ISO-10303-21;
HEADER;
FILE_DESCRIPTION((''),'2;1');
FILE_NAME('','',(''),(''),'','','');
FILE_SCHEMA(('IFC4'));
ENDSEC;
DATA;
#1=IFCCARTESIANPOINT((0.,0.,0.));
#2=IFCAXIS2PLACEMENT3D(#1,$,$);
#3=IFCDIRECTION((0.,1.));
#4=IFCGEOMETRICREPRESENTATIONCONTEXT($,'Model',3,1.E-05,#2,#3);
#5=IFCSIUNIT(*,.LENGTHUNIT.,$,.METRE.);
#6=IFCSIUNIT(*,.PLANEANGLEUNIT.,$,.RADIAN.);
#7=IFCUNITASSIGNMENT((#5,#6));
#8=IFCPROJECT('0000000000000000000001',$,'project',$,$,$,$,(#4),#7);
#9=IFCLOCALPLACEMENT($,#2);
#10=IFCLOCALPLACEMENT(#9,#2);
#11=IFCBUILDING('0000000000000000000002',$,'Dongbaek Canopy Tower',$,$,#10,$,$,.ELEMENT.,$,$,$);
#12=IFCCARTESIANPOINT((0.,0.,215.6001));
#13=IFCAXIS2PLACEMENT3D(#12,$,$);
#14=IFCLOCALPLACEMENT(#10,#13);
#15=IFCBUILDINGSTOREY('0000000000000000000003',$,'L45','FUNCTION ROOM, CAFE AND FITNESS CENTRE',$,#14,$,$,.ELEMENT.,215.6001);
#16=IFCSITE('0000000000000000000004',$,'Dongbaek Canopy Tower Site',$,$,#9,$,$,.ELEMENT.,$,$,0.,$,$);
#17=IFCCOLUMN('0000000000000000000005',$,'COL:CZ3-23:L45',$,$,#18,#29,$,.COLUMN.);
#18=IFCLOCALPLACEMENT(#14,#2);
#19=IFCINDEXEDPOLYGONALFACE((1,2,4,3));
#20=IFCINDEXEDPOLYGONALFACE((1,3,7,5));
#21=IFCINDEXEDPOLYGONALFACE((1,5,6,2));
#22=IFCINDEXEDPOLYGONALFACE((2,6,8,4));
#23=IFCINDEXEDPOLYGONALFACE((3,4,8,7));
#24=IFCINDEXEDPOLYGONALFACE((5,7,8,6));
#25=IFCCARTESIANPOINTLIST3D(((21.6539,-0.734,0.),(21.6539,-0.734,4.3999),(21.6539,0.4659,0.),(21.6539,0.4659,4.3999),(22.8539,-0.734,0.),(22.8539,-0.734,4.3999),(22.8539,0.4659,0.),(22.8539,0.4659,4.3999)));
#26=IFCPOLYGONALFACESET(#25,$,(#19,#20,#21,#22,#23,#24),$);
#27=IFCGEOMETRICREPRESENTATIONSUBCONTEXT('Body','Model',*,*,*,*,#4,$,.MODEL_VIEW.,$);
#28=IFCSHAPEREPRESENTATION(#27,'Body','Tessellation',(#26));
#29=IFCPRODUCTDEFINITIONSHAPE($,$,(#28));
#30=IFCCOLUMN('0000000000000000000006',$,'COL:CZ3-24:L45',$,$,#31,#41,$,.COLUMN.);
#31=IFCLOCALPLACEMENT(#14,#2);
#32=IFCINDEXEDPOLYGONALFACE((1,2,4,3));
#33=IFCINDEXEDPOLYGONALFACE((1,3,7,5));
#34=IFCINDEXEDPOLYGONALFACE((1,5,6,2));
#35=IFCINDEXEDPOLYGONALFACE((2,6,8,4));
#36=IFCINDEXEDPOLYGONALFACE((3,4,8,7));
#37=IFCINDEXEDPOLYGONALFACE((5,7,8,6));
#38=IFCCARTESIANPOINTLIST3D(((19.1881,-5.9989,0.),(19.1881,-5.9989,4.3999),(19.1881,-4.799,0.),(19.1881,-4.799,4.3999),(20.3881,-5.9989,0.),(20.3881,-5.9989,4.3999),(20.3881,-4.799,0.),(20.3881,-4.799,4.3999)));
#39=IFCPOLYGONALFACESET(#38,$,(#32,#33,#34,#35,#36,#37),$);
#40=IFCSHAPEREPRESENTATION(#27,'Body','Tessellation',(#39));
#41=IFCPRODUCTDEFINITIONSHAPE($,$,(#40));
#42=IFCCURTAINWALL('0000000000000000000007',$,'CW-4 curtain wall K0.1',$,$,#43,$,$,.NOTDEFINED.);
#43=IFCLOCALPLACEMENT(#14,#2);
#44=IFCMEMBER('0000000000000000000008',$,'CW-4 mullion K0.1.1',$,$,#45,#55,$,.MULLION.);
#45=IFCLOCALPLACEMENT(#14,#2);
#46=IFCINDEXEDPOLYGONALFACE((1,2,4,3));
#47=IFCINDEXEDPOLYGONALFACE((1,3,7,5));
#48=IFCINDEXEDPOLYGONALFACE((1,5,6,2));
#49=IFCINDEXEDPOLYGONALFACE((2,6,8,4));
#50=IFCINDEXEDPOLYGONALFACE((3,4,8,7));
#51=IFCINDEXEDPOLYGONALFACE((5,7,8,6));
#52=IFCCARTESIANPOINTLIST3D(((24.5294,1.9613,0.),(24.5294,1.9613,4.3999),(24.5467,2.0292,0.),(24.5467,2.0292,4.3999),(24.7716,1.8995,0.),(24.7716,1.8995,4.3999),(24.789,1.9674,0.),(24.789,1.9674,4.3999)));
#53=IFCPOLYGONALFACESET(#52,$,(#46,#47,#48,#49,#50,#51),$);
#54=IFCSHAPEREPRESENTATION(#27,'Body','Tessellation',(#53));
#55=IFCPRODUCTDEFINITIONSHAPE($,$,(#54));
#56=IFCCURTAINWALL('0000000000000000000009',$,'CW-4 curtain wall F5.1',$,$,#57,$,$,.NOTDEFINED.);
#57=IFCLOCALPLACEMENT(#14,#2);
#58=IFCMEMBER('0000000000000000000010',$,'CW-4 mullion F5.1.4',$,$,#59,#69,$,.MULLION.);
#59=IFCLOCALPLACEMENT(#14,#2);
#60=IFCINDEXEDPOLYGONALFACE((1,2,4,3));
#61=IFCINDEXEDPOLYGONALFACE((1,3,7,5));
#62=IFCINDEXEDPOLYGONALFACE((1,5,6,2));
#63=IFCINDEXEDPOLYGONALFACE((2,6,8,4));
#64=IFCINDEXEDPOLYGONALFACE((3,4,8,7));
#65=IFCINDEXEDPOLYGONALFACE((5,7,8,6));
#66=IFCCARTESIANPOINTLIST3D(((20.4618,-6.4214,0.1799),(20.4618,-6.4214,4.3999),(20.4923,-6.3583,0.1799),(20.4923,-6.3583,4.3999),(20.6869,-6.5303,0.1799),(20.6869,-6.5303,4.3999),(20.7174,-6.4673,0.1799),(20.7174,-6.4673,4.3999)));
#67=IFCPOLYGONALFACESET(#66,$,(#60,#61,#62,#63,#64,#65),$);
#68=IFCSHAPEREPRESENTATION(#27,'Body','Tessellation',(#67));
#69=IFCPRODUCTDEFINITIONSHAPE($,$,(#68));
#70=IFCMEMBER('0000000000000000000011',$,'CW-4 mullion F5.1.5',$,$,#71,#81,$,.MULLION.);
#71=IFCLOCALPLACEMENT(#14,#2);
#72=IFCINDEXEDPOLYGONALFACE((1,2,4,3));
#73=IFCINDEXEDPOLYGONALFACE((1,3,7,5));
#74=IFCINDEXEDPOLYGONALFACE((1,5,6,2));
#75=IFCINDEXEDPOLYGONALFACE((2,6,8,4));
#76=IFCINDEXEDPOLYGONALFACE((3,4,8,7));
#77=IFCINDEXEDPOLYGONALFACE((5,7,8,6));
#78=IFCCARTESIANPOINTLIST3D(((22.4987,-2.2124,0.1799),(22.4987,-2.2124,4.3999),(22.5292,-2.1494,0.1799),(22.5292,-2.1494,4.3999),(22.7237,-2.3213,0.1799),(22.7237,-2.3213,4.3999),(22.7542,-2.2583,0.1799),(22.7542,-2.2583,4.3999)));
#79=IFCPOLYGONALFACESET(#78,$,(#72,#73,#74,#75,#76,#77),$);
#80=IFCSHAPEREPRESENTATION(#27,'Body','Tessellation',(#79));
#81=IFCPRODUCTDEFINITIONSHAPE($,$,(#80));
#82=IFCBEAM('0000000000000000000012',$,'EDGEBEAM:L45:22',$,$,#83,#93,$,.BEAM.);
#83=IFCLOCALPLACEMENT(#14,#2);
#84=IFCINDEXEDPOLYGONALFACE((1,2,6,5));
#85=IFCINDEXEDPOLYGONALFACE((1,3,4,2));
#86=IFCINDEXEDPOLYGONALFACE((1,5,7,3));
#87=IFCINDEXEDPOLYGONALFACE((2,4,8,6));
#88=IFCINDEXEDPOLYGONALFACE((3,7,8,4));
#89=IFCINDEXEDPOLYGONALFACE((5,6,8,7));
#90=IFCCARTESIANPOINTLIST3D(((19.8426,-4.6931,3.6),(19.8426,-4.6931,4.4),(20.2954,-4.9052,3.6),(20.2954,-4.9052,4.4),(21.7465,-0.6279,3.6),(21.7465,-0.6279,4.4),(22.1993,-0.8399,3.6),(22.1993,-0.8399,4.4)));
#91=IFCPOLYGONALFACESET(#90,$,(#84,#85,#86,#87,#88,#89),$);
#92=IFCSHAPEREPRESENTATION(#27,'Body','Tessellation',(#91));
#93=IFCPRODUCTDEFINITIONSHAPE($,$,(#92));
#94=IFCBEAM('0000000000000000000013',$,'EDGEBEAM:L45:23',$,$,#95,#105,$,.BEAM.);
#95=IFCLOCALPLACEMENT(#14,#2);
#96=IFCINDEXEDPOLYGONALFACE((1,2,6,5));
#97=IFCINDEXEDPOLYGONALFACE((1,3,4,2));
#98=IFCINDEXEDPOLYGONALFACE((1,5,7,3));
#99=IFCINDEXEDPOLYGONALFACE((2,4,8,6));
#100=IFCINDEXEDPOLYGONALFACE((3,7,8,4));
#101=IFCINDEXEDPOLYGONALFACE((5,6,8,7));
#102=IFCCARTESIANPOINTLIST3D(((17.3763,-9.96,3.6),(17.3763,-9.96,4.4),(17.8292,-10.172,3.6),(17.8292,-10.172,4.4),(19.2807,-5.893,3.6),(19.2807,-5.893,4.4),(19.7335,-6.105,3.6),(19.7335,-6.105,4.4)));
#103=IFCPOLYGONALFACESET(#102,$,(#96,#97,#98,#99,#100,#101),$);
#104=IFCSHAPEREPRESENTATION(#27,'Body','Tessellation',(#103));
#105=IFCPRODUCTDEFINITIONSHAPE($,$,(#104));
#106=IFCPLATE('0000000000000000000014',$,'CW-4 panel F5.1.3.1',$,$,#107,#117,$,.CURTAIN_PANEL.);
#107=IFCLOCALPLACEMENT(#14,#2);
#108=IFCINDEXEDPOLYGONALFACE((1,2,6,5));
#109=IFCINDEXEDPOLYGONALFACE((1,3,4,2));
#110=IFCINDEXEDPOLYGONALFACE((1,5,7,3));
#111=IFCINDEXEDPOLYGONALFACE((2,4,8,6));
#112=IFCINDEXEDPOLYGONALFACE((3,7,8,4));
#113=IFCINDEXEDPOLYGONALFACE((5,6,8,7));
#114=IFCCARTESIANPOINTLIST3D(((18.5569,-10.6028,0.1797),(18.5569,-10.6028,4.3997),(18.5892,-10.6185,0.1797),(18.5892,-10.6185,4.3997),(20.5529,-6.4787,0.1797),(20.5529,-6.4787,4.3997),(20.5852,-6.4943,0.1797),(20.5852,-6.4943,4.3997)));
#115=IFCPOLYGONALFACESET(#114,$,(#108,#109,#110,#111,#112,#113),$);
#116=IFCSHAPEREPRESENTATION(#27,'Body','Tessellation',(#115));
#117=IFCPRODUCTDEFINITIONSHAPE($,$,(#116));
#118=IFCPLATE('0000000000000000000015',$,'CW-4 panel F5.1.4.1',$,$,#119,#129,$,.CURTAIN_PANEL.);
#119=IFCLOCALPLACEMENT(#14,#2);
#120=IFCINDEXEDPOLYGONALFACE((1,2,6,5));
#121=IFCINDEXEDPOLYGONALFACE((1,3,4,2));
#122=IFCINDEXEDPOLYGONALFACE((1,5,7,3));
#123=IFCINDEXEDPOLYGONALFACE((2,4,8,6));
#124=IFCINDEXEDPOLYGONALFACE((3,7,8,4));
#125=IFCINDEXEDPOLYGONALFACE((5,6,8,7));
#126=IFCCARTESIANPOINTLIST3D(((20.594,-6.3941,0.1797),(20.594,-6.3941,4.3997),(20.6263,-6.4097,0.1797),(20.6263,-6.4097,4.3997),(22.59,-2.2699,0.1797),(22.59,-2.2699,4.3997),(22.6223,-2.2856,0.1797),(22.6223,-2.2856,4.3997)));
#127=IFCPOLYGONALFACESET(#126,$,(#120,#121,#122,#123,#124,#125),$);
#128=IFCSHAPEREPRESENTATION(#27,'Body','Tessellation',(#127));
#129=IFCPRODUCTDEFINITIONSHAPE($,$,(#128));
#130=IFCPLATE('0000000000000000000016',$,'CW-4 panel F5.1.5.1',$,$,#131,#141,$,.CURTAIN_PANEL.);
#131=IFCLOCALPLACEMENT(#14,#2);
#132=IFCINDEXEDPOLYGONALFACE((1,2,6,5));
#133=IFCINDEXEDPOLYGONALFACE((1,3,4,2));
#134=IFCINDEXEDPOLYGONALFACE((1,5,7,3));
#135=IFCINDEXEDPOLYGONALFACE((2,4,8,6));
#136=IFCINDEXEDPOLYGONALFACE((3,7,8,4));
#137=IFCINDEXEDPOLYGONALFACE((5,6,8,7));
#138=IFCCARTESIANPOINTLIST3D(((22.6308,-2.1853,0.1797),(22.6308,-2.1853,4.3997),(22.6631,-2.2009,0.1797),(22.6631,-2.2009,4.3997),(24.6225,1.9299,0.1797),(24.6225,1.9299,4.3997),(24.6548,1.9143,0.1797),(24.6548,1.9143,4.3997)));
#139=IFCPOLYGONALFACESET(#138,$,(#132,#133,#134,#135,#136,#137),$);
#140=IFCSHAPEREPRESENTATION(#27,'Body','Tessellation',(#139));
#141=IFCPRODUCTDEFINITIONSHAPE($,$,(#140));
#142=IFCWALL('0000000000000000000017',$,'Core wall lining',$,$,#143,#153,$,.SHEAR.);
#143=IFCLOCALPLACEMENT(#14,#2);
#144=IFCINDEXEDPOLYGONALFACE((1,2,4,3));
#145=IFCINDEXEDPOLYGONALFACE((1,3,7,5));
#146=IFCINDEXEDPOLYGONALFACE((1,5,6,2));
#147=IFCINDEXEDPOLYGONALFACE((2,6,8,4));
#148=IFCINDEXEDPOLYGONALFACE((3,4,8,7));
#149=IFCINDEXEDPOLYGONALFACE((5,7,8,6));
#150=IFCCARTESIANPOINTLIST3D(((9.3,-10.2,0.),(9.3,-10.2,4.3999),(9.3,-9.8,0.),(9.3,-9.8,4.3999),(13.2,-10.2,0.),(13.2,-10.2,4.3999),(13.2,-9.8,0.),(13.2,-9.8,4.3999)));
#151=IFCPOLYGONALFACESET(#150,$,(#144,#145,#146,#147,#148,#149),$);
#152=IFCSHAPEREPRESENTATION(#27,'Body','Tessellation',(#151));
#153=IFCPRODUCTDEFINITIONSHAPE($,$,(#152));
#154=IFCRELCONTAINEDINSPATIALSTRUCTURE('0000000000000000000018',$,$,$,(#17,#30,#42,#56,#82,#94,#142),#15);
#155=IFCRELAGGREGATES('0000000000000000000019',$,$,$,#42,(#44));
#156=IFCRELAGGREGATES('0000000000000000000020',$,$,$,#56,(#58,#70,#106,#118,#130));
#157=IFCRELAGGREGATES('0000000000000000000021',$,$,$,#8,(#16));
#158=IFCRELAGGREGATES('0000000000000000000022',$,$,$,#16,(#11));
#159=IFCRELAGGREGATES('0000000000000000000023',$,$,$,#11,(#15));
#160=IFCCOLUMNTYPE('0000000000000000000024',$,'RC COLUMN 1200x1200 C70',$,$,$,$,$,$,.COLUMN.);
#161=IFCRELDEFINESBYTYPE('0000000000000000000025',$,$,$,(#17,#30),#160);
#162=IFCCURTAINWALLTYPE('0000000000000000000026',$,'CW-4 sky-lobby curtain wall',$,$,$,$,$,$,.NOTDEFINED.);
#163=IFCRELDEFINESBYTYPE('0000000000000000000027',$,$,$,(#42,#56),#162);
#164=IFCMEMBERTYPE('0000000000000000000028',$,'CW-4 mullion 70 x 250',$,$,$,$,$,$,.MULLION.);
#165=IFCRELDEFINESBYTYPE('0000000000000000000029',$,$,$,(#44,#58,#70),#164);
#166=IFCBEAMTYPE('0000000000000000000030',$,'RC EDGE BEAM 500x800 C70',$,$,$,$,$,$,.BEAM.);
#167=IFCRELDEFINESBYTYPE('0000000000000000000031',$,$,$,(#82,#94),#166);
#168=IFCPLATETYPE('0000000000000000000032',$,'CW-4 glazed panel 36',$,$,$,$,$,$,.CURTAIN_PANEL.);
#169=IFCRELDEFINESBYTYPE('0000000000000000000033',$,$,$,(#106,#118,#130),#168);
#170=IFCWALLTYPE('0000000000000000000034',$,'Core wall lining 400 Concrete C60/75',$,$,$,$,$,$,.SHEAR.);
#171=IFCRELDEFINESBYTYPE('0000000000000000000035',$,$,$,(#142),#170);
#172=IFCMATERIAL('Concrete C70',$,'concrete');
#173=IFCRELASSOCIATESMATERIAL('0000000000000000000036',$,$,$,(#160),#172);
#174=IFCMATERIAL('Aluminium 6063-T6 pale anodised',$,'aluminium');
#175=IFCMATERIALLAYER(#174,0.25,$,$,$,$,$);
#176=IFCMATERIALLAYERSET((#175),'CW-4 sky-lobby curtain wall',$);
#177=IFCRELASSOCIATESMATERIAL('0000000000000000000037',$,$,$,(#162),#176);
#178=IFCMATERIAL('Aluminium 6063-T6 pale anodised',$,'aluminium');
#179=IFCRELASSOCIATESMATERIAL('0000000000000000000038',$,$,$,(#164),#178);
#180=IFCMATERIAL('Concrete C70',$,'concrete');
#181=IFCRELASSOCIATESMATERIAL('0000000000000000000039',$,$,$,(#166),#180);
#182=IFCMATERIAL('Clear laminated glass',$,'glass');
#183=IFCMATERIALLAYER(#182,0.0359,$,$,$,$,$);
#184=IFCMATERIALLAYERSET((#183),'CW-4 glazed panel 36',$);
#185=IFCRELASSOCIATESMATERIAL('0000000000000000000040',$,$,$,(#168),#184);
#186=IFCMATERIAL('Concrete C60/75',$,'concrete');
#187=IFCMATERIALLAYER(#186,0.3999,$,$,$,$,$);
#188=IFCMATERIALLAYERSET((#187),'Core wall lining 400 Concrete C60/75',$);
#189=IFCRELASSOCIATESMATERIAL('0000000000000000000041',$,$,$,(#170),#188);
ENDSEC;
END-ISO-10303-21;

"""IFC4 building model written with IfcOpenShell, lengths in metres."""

from ifc_helpers import new_model, si_unit, direction, frame, frame_2d, origin, origin_2d, place, context, subcontext, project, spatial, rectangle, extrude, material, layer, layer_set, material_profile, profile_set, type_object, element, aggregate, save


model = new_model("IFC4")

# Units and contexts
model_context = context("Model", 3, precision=1e-05, world=origin(), true_north=direction((0.0, 1.0)))
body_context = subcontext(model_context, "Body", "Model", "MODEL_VIEW")
ifc_project = project(units=[si_unit("LENGTHUNIT", "METRE"), si_unit("PLANEANGLEUNIT", "RADIAN")], contexts=[model_context])

# Site, building, storey
site_placement = place(None, origin())
site = spatial("IfcSite", under=ifc_project, at=site_placement, Name="Dongbaek Canopy Tower Site", CompositionType="ELEMENT", RefElevation=0.0)
building_placement = place(site_placement, origin())
building = spatial("IfcBuilding", under=site, at=building_placement, Name="Dongbaek Canopy Tower", CompositionType="ELEMENT")
storey_placement = place(building_placement, frame((0.0, 0.0, 215.6001)))
storey = spatial("IfcBuildingStorey", under=building, at=storey_placement, Name="L45", Description="FUNCTION ROOM, CAFE AND FITNESS CENTRE", CompositionType="ELEMENT", Elevation=215.6001)

# Columns
ifc_material_1 = material(Name="Concrete C70", Category="concrete")
ifc_material_profile_1 = material_profile(ifc_material_1, rectangle(XDim=1.2, YDim=1.2, at=origin_2d()), Name="RC COLUMN 1200x1200 C70")
ifc_profile_set_1 = profile_set([ifc_material_profile_1], Name="Concrete C70")
column_type = type_object("IfcColumnType", Name="RC COLUMN 1200x1200 C70", PredefinedType="COLUMN", material=ifc_profile_set_1)
for number, where, z_axis, x_axis, name in (
    (1, (22.2539, -0.134, 0.0), (0.0, 0.0, 1.0), (1.0, 0.0, 0.0), "COL:CZ3-23:L45"),
    (2, (19.7881, -5.3989, 0.0), (0.0, 0.0, 1.0), (1.0, 0.0, 0.0), "COL:CZ3-24:L45"),
):
    element("IfcColumn", number, at=place(storey_placement, frame(where, z_axis=z_axis, x_axis=x_axis)), inside=storey, type_object=column_type, Name=name, PredefinedType="COLUMN", context=body_context, shape_type="SweptSolid", body=[
        extrude(rectangle(XDim=1.2, YDim=1.2, at=origin_2d()), origin(), (0.0, 0.0, 1.0), 4.3999),
    ])

# Curtain wall, member
ifc_material_2 = material(Name="Aluminium 6063-T6 pale anodised", Category="aluminium")
ifc_layer_1 = layer(ifc_material_2, 0.25)
ifc_layer_set_1 = layer_set([ifc_layer_1], Name="CW-4 sky-lobby curtain wall")
curtain_wall_type = type_object("IfcCurtainWallType", Name="CW-4 sky-lobby curtain wall", PredefinedType="NOTDEFINED", material=ifc_layer_set_1)
curtain_wall_1_placement = place(storey_placement, origin())
curtain_wall_1 = element("IfcCurtainWall", 3, at=curtain_wall_1_placement, inside=storey, type_object=curtain_wall_type, Name="CW-4 curtain wall K0.1", PredefinedType="NOTDEFINED")
ifc_material_3 = material(Name="Aluminium 6063-T6 pale anodised", Category="aluminium")
ifc_material_profile_2 = material_profile(ifc_material_3, rectangle(XDim=0.25, YDim=0.0701, at=origin_2d()), Name="CW-4 mullion 70 x 250")
ifc_profile_set_2 = profile_set([ifc_material_profile_2], Name="Aluminium 6063-T6 pale anodised")
member_type = type_object("IfcMemberType", Name="CW-4 mullion 70 x 250", PredefinedType="MULLION", material=ifc_profile_set_2)
member_1_placement = place(storey_placement, frame((24.6592, 1.9644, 0.0), z_axis=(0.0, 0.0, 1.0), x_axis=(0.968923, -0.247361, 0.0)))
member_1 = element("IfcMember", 4, at=member_1_placement, type_object=member_type, Name="CW-4 mullion K0.1.1", PredefinedType="MULLION", context=body_context, shape_type="SweptSolid", body=[
    extrude(rectangle(XDim=0.25, YDim=0.0701, at=origin_2d()), origin(), (0.0, 0.0, 1.0), 4.3999),
])
aggregate(curtain_wall_1, [member_1])

# Curtain wall, members
curtain_wall_2_placement = place(storey_placement, origin())
curtain_wall_2 = element("IfcCurtainWall", 5, at=curtain_wall_2_placement, inside=storey, type_object=curtain_wall_type, Name="CW-4 curtain wall F5.1", PredefinedType="NOTDEFINED")
member_2_placement = place(storey_placement, frame((20.5896, -6.4443, 0.1799), z_axis=(0.0, 0.0, 1.0), x_axis=(0.90012, -0.435642, 0.0)))
member_2 = element("IfcMember", 6, at=member_2_placement, type_object=member_type, Name="CW-4 mullion F5.1.4", PredefinedType="MULLION", context=body_context, shape_type="SweptSolid", body=[
    extrude(rectangle(XDim=0.25, YDim=0.0701, at=origin_2d()), origin(), (0.0, 0.0, 1.0), 4.22),
])
member_3_placement = place(storey_placement, frame((22.6265, -2.2354, 0.1799), z_axis=(0.0, 0.0, 1.0), x_axis=(0.90012, -0.435642, 0.0)))
member_3 = element("IfcMember", 7, at=member_3_placement, type_object=member_type, Name="CW-4 mullion F5.1.5", PredefinedType="MULLION", context=body_context, shape_type="SweptSolid", body=[
    extrude(rectangle(XDim=0.25, YDim=0.0701, at=origin_2d()), origin(), (0.0, 0.0, 1.0), 4.22),
])

# Beams
ifc_material_4 = material(Name="Concrete C70", Category="concrete")
ifc_material_profile_3 = material_profile(ifc_material_4, rectangle(XDim=0.5, YDim=0.8, at=origin_2d()), Name="RC EDGE BEAM 500x800 C70")
ifc_profile_set_3 = profile_set([ifc_material_profile_3], Name="Concrete C70")
beam_type = type_object("IfcBeamType", Name="RC EDGE BEAM 500x800 C70", PredefinedType="BEAM", material=ifc_profile_set_3)
beam_1_placement = place(storey_placement, frame((21.9729, -0.7339, 4.0), z_axis=(-0.424115, -0.905608, 0.0), x_axis=(0.905608, -0.424115, 0.0)))
element("IfcBeam", 8, at=beam_1_placement, inside=storey, type_object=beam_type, Name="EDGEBEAM:L45:22", PredefinedType="BEAM", context=body_context, shape_type="SweptSolid", body=[
    extrude(rectangle(XDim=0.5, YDim=0.8, at=origin_2d()), origin(), (0.0, 0.0, 1.0), 4.489),
])
beam_2_placement = place(storey_placement, frame((19.5071, -5.999, 4.0), z_axis=(-0.424058, -0.905635, 0.0), x_axis=(0.905635, -0.424058, 0.0)))
element("IfcBeam", 9, at=beam_2_placement, inside=storey, type_object=beam_type, Name="EDGEBEAM:L45:23", PredefinedType="BEAM", context=body_context, shape_type="SweptSolid", body=[
    extrude(rectangle(XDim=0.5, YDim=0.8, at=origin_2d()), origin(), (0.0, 0.0, 1.0), 4.4907),
])

# Plates
ifc_material_5 = material(Name="Clear laminated glass", Category="glass")
ifc_layer_2 = layer(ifc_material_5, 0.0359)
ifc_layer_set_2 = layer_set([ifc_layer_2], Name="CW-4 glazed panel 36")
plate_type = type_object("IfcPlateType", Name="CW-4 glazed panel 36", PredefinedType="CURTAIN_PANEL", material=ifc_layer_set_2)
plate_1_placement = place(storey_placement, frame((19.571, -8.5486, 0.1797), z_axis=(0.0, 0.0, 1.0), x_axis=(0.435642, 0.90012, 0.0)))
plate_1 = element("IfcPlate", 10, at=plate_1_placement, type_object=plate_type, Name="CW-4 panel F5.1.3.1", PredefinedType="CURTAIN_PANEL", context=body_context, shape_type="SweptSolid", body=[
    extrude(rectangle(XDim=4.5818, YDim=0.0359, at=origin_2d()), origin(), (0.0, 0.0, 1.0), 4.22),
])
plate_2_placement = place(storey_placement, frame((21.6082, -4.3398, 0.1797), z_axis=(0.0, 0.0, 1.0), x_axis=(0.435642, 0.90012, 0.0)))
plate_2 = element("IfcPlate", 11, at=plate_2_placement, type_object=plate_type, Name="CW-4 panel F5.1.4.1", PredefinedType="CURTAIN_PANEL", context=body_context, shape_type="SweptSolid", body=[
    extrude(rectangle(XDim=4.5818, YDim=0.0359, at=origin_2d()), origin(), (0.0, 0.0, 1.0), 4.22),
])
plate_3_placement = place(storey_placement, frame((23.6428, -0.1355, 0.1797), z_axis=(0.0, 0.0, 1.0), x_axis=(0.435642, 0.90012, 0.0)))
plate_3 = element("IfcPlate", 12, at=plate_3_placement, type_object=plate_type, Name="CW-4 panel F5.1.5.1", PredefinedType="CURTAIN_PANEL", context=body_context, shape_type="SweptSolid", body=[
    extrude(rectangle(XDim=4.5718, YDim=0.0359, at=origin_2d()), origin(), (0.0, 0.0, 1.0), 4.22),
])
aggregate(curtain_wall_2, [member_2, member_3, plate_1, plate_2, plate_3])

# Wall
ifc_material_6 = material(Name="Concrete C60/75", Category="concrete")
ifc_layer_3 = layer(ifc_material_6, 0.3999)
ifc_layer_set_3 = layer_set([ifc_layer_3], Name="Core wall lining 400 Concrete C60/75")
wall_type = type_object("IfcWallType", Name="Core wall lining 400 Concrete C60/75", PredefinedType="SHEAR", material=ifc_layer_set_3)
wall_placement = place(storey_placement, frame((13.2, -10.0, 0.0), z_axis=(0.0, 0.0, 1.0), x_axis=(-1.0, 0.0, 0.0)))
element("IfcWall", 13, at=wall_placement, inside=storey, type_object=wall_type, Name="Core wall lining", PredefinedType="SHEAR", context=body_context, shape_type="SweptSolid", body=[
    extrude(rectangle(XDim=3.8999, YDim=0.3999, at=frame_2d((1.95, 0.0))), origin(), (0.0, 0.0, 1.0), 4.3999),
])

save(model, "model.ifc")
